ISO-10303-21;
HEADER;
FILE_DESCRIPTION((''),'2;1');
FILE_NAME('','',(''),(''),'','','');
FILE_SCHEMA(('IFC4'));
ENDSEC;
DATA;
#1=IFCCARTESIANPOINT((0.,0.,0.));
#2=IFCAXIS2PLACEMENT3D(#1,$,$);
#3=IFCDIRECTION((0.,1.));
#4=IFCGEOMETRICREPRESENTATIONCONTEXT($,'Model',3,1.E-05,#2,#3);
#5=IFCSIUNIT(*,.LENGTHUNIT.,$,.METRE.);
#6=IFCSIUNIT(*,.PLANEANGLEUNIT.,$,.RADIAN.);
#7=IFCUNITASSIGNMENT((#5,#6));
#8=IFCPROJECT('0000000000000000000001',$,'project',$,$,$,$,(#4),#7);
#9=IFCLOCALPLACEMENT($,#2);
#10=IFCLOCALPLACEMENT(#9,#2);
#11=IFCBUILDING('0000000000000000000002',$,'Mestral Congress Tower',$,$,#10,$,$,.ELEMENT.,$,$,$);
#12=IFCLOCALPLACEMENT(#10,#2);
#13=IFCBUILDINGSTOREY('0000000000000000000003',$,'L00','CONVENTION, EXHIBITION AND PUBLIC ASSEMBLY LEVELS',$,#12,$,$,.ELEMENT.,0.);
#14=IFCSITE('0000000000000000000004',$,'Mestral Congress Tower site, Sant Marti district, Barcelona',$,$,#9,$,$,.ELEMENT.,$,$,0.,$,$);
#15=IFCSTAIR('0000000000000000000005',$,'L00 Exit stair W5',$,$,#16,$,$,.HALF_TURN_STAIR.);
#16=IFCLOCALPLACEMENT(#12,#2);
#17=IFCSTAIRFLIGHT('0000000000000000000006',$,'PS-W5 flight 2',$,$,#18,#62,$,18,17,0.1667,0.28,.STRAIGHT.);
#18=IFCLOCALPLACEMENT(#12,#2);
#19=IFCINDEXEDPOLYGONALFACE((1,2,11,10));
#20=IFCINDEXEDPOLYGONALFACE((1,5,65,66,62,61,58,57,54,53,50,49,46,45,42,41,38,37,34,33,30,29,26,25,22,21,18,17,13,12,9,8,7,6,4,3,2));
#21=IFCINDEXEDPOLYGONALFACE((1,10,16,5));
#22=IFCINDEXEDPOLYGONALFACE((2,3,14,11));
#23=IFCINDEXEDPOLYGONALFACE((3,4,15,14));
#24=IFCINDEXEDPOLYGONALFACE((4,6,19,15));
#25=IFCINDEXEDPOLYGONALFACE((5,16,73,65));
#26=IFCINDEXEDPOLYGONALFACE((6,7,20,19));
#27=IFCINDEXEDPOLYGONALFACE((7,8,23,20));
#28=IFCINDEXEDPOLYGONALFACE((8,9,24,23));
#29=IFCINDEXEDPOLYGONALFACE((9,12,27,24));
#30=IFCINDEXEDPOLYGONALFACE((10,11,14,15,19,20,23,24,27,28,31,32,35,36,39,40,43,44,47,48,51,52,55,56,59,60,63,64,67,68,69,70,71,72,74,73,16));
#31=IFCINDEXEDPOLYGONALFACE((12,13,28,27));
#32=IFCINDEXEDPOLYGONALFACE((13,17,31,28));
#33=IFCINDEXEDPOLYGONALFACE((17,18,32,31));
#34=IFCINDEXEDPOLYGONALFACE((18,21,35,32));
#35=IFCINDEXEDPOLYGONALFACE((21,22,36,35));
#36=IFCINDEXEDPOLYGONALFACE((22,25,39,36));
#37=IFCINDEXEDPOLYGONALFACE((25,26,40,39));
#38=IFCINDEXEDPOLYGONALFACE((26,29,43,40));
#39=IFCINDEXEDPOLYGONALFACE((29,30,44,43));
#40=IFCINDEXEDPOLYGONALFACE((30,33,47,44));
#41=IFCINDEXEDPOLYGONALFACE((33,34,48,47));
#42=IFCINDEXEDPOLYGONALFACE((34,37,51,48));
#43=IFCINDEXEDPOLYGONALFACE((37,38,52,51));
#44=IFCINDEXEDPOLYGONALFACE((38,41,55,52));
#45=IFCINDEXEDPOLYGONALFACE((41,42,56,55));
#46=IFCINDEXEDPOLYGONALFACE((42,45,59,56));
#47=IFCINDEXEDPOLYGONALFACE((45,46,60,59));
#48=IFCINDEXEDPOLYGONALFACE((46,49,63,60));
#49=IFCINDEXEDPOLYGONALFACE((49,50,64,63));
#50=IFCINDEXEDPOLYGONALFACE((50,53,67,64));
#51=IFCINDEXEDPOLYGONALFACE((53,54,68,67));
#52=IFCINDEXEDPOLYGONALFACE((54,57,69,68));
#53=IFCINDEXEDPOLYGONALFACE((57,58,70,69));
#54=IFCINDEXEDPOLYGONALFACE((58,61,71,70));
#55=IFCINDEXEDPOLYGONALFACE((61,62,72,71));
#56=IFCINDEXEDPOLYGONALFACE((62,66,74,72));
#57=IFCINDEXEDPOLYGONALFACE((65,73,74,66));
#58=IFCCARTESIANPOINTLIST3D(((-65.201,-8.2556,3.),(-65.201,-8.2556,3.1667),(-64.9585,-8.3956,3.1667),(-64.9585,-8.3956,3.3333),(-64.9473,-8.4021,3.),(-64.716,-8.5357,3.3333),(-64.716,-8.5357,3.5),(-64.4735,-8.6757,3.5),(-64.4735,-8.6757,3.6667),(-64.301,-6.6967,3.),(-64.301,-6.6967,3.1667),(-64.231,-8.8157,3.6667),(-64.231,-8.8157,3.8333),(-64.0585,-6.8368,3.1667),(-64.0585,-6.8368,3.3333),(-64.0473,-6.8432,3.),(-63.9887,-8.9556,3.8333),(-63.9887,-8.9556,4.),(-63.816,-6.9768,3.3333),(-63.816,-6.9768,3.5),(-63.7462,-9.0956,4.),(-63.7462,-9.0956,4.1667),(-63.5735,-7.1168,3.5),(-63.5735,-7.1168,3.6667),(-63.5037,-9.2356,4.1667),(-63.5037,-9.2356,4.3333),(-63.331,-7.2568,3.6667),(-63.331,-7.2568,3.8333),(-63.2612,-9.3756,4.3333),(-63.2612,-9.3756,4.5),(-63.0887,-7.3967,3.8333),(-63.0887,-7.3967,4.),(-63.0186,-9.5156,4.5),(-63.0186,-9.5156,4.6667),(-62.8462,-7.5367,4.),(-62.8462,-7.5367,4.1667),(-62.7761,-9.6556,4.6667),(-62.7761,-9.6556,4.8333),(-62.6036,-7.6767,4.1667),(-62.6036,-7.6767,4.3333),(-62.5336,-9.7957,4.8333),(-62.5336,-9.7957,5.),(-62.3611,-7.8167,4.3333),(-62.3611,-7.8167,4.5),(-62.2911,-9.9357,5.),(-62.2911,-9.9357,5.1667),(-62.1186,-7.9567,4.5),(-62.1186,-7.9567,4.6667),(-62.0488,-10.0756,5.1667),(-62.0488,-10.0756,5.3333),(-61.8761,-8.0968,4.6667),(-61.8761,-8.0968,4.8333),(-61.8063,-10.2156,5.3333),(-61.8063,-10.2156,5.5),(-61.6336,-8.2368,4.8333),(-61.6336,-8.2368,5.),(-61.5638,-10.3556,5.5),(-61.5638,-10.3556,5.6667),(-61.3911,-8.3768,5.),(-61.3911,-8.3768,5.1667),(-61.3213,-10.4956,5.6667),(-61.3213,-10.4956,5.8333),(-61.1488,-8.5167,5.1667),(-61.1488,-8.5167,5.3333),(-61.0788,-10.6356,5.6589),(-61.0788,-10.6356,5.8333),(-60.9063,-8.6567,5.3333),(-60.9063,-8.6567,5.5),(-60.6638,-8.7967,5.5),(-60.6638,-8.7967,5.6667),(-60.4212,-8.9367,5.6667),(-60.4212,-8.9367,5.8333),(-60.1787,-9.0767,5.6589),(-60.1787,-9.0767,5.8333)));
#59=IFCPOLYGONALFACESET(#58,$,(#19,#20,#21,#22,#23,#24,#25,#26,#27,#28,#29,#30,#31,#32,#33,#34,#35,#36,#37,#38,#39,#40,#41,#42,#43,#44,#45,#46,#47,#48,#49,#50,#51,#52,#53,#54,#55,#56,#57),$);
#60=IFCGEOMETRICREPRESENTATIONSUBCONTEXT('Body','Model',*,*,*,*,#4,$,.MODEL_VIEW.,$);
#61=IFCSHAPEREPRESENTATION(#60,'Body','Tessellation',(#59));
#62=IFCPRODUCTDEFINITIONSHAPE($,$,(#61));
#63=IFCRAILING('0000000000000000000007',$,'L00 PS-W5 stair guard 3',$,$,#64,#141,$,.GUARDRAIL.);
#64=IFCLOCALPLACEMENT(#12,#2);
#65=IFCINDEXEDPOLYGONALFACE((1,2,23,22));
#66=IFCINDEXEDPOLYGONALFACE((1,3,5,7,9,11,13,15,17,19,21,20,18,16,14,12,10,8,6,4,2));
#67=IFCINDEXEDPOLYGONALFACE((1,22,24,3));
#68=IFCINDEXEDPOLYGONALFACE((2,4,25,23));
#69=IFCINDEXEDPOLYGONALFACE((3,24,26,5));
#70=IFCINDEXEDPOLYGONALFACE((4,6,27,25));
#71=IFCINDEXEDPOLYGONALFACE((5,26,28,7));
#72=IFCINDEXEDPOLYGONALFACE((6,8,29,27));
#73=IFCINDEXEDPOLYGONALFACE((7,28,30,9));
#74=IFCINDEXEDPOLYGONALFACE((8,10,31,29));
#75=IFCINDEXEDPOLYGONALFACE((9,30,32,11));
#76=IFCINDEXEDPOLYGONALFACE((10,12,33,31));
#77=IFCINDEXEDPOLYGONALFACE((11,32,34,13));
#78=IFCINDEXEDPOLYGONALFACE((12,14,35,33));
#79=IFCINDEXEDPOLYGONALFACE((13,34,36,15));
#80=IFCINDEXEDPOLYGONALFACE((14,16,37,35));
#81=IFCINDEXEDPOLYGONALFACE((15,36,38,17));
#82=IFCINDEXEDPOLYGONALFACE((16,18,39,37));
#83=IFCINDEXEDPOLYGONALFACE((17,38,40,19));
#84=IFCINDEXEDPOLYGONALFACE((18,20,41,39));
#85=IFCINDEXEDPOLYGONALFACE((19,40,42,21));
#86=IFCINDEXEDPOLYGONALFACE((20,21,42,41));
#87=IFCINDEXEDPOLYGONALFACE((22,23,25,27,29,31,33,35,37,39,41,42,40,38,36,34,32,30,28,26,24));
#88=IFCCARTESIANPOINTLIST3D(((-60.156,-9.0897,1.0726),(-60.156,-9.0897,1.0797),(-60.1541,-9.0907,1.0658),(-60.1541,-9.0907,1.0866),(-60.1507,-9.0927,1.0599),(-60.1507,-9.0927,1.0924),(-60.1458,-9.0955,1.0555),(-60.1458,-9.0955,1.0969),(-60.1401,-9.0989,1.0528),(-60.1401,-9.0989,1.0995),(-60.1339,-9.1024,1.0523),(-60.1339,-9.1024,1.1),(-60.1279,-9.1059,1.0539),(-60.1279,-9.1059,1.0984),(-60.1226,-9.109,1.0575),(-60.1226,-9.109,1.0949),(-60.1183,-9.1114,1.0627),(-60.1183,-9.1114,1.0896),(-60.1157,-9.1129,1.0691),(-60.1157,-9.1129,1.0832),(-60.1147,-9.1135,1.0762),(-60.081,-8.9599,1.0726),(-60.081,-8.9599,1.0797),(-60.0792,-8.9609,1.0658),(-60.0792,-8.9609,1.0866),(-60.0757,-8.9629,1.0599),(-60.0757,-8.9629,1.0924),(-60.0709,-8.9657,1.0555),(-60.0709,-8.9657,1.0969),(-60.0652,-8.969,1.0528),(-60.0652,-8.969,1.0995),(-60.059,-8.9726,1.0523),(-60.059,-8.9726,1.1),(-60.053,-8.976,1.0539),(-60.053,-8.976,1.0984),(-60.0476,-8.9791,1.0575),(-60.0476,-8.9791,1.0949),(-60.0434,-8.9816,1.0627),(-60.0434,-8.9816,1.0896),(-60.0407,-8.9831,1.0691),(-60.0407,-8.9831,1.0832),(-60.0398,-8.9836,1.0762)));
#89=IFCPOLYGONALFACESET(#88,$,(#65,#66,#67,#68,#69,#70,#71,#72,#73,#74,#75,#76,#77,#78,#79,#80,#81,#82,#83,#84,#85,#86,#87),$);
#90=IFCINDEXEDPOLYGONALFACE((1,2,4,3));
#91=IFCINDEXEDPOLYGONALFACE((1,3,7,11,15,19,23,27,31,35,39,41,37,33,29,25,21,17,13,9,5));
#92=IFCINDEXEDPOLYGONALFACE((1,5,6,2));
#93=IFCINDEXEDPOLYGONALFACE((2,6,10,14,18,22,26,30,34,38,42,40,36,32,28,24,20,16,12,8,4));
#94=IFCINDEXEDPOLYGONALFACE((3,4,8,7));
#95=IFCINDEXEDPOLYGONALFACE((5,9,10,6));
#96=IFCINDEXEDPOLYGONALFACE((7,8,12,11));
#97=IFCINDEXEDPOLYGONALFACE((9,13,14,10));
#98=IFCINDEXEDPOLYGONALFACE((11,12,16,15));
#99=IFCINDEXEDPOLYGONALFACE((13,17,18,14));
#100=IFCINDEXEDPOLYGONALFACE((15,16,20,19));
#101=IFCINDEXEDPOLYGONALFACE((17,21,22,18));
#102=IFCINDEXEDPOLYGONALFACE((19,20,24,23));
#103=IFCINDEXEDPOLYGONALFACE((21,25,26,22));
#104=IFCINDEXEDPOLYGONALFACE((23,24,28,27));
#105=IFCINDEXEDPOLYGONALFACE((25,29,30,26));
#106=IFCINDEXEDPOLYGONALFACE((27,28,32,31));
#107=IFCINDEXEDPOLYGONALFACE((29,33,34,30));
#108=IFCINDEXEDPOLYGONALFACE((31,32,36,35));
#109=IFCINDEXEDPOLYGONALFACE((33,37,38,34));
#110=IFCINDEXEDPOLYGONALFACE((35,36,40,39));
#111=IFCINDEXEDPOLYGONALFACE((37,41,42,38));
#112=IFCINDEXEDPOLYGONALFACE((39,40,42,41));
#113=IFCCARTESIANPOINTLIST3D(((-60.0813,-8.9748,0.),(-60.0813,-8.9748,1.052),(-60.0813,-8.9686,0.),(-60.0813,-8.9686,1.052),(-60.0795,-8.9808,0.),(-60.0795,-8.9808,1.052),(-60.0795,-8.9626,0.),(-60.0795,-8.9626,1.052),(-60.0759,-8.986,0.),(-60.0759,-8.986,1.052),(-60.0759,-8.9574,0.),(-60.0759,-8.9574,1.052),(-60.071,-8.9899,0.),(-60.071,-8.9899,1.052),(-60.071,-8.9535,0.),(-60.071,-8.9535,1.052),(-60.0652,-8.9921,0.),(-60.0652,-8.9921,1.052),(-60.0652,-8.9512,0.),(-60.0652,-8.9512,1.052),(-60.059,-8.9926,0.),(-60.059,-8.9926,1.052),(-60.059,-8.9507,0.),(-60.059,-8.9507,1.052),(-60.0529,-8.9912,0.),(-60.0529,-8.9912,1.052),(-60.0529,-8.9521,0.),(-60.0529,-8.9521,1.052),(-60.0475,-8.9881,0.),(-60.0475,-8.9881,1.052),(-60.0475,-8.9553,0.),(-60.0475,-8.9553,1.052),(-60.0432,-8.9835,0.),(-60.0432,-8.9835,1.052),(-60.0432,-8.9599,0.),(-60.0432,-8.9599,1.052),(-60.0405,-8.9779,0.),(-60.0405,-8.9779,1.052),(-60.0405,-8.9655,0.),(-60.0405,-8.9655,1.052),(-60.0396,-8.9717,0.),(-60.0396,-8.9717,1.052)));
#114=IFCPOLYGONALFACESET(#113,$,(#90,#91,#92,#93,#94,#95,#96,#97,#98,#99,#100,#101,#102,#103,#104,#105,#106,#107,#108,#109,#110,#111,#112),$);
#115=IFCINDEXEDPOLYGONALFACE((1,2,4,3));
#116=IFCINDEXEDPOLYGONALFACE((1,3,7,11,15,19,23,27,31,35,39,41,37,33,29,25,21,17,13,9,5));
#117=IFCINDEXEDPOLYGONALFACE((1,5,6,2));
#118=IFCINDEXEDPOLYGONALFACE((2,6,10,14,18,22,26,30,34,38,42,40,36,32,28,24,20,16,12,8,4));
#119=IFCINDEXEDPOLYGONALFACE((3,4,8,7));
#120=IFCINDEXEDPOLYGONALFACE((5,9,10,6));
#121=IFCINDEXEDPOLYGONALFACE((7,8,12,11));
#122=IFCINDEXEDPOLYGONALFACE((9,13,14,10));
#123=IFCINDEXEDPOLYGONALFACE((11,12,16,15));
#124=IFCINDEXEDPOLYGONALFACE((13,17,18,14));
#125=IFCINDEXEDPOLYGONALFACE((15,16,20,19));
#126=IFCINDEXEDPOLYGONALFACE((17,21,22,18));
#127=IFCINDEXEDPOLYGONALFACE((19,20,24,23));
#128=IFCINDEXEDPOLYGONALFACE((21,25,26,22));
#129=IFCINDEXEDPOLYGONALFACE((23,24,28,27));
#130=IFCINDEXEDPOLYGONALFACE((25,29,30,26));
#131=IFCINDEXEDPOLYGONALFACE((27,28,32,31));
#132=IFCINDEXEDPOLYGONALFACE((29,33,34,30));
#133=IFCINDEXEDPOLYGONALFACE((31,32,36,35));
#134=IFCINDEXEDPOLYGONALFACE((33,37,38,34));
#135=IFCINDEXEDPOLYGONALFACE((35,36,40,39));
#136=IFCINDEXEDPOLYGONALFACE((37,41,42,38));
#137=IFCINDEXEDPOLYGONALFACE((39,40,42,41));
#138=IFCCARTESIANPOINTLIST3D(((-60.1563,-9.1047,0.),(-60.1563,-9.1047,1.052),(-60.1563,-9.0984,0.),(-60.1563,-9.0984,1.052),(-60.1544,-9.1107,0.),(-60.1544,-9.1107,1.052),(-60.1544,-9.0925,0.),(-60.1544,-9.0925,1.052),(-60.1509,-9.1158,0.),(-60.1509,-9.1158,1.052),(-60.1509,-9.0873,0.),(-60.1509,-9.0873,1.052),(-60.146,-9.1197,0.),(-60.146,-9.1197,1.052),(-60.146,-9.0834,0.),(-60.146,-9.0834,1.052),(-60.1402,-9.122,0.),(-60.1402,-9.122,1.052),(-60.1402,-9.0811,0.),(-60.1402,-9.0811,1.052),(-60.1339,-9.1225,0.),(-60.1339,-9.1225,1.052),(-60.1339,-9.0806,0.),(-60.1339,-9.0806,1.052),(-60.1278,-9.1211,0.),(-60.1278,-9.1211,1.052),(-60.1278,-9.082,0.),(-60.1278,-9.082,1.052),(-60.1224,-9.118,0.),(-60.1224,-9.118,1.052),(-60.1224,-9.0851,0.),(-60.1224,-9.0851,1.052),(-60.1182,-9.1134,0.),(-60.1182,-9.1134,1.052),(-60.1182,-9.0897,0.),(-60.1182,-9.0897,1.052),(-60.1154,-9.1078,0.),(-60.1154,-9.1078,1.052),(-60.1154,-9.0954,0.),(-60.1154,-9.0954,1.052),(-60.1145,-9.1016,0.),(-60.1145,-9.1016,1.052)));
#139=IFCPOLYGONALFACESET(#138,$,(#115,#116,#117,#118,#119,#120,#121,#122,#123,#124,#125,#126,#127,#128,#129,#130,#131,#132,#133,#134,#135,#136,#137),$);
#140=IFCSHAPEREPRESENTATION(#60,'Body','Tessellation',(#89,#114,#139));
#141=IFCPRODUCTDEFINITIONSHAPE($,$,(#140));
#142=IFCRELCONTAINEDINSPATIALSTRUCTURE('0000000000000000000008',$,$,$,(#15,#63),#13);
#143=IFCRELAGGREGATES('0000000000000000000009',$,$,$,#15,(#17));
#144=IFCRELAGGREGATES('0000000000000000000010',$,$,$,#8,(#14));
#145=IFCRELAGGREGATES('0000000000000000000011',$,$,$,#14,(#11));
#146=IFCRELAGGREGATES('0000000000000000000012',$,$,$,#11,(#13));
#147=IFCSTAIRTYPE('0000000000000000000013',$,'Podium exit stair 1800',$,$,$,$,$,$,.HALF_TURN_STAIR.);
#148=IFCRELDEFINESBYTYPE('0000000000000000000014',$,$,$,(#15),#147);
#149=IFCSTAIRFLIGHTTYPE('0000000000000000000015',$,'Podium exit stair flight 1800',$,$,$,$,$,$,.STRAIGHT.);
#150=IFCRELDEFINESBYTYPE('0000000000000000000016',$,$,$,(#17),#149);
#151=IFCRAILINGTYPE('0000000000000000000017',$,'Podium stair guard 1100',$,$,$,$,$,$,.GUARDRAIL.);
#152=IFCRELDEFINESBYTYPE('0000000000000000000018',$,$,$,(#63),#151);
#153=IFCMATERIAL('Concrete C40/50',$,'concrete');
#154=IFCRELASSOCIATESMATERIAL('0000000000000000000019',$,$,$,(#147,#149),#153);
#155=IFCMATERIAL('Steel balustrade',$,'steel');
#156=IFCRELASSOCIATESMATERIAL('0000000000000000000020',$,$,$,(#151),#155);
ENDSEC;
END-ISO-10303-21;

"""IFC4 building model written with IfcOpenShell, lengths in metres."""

from ifc_helpers import new_model, si_unit, direction, frame, origin, origin_2d, place, context, subcontext, project, spatial, polyline, circle, outline, extrude, material, type_object, element, aggregate, save


model = new_model("IFC4")

# Units and contexts
model_context = context("Model", 3, precision=1e-05, world=origin(), true_north=direction((0.0, 1.0)))
body_context = subcontext(model_context, "Body", "Model", "MODEL_VIEW")
ifc_project = project(units=[si_unit("LENGTHUNIT", "METRE"), si_unit("PLANEANGLEUNIT", "RADIAN")], contexts=[model_context])

# Site, building, storey
site_placement = place(None, origin())
site = spatial("IfcSite", under=ifc_project, at=site_placement, Name="Mestral Congress Tower site, Sant Marti district, Barcelona", CompositionType="ELEMENT", RefElevation=0.0)
building_placement = place(site_placement, origin())
building = spatial("IfcBuilding", under=site, at=building_placement, Name="Mestral Congress Tower", CompositionType="ELEMENT")
storey_placement = place(building_placement, origin())
storey = spatial("IfcBuildingStorey", under=building, at=storey_placement, Name="L00", Description="CONVENTION, EXHIBITION AND PUBLIC ASSEMBLY LEVELS", CompositionType="ELEMENT", Elevation=0.0)

# Stair, stair flight
ifc_material_1 = material(Name="Concrete C40/50", Category="concrete")
stair_type = type_object("IfcStairType", Name="Podium exit stair 1800", PredefinedType="HALF_TURN_STAIR", material=ifc_material_1)
stair_placement = place(storey_placement, origin())
stair = element("IfcStair", 1, at=stair_placement, inside=storey, type_object=stair_type, Name="L00 Exit stair W5", PredefinedType="HALF_TURN_STAIR")
stair_flight_type = type_object("IfcStairFlightType", Name="Podium exit stair flight 1800", PredefinedType="STRAIGHT", material=ifc_material_1)
stair_flight_1_placement = place(storey_placement, frame((-64.751, -7.4761, 3.0), z_axis=(0.0, 0.0, 1.0), x_axis=(0.866025, -0.5, 0.0)))
stair_flight_1 = element("IfcStairFlight", 2, at=stair_flight_1_placement, type_object=stair_flight_type, Name="PS-W5 flight 2", NumberOfRisers=18, NumberOfTreads=17, PredefinedType="STRAIGHT", RiserHeight=0.1667, TreadLength=0.28, context=body_context, shape_type="SweptSolid", body=[
    extrude(outline(polyline([(0.0, 0.0), (0.0, 0.1667), (0.28, 0.1667), (0.28, 0.3333), (0.5601, 0.3333), (0.5601, 0.5), (0.8401, 0.5), (0.8401, 0.6667), (1.1201, 0.6667), (1.1201, 0.8333), (1.3999, 0.8333), (1.3999, 1.0), (1.6799, 1.0), (1.6799, 1.1667), (1.96, 1.1667), (1.96, 1.3333), (2.24, 1.3333), (2.24, 1.5), (2.52, 1.5), (2.52, 1.6667), (2.8, 1.6667), (2.8, 1.8333), (3.0801, 1.8333), (3.0801, 2.0), (3.3601, 2.0), (3.3601, 2.1667), (3.6399, 2.1667), (3.6399, 2.3333), (3.9199, 2.3333), (3.9199, 2.5), (4.2, 2.5), (4.2, 2.6667), (4.48, 2.6667), (4.48, 2.8333), (4.76, 2.8333), (4.76, 3.0), (4.76, 2.6589), (0.293, 0.0), (0.0, 0.0)])), frame((0.0, 0.8999, 0.0), z_axis=(0.0, -1.0, 0.0), x_axis=(1.0, 0.0, 0.0)), (0.0, 0.0, 1.0), 1.8),
])
aggregate(stair, [stair_flight_1])

# Railing
ifc_material_2 = material(Name="Steel balustrade", Category="steel")
railing_type_1 = type_object("IfcRailingType", Name="Podium stair guard 1100", PredefinedType="GUARDRAIL", material=ifc_material_2)
railing_1_placement = place(storey_placement, frame((-60.0605, -8.9717, 0.0)))
element("IfcRailing", 3, at=railing_1_placement, inside=storey, type_object=railing_type_1, Name="L00 PS-W5 stair guard 3", PredefinedType="GUARDRAIL", context=body_context, shape_type="SweptSolid", body=[
    extrude(circle(Radius=0.0239, at=origin_2d()), frame((0.0, 0.0, 1.0762), z_axis=(-0.499816, -0.866131, 0.0), x_axis=(0.866131, -0.499816, 0.0)), (0.0, 0.0, 1.0), 0.1499),
    extrude(circle(Radius=0.021, at=origin_2d()), origin(), (0.0, 0.0, 1.0), 1.052),
    extrude(circle(Radius=0.021, at=origin_2d()), frame((-0.075, -0.1299, 0.0)), (0.0, 0.0, 1.0), 1.052),
])

save(model, "model.ifc")
